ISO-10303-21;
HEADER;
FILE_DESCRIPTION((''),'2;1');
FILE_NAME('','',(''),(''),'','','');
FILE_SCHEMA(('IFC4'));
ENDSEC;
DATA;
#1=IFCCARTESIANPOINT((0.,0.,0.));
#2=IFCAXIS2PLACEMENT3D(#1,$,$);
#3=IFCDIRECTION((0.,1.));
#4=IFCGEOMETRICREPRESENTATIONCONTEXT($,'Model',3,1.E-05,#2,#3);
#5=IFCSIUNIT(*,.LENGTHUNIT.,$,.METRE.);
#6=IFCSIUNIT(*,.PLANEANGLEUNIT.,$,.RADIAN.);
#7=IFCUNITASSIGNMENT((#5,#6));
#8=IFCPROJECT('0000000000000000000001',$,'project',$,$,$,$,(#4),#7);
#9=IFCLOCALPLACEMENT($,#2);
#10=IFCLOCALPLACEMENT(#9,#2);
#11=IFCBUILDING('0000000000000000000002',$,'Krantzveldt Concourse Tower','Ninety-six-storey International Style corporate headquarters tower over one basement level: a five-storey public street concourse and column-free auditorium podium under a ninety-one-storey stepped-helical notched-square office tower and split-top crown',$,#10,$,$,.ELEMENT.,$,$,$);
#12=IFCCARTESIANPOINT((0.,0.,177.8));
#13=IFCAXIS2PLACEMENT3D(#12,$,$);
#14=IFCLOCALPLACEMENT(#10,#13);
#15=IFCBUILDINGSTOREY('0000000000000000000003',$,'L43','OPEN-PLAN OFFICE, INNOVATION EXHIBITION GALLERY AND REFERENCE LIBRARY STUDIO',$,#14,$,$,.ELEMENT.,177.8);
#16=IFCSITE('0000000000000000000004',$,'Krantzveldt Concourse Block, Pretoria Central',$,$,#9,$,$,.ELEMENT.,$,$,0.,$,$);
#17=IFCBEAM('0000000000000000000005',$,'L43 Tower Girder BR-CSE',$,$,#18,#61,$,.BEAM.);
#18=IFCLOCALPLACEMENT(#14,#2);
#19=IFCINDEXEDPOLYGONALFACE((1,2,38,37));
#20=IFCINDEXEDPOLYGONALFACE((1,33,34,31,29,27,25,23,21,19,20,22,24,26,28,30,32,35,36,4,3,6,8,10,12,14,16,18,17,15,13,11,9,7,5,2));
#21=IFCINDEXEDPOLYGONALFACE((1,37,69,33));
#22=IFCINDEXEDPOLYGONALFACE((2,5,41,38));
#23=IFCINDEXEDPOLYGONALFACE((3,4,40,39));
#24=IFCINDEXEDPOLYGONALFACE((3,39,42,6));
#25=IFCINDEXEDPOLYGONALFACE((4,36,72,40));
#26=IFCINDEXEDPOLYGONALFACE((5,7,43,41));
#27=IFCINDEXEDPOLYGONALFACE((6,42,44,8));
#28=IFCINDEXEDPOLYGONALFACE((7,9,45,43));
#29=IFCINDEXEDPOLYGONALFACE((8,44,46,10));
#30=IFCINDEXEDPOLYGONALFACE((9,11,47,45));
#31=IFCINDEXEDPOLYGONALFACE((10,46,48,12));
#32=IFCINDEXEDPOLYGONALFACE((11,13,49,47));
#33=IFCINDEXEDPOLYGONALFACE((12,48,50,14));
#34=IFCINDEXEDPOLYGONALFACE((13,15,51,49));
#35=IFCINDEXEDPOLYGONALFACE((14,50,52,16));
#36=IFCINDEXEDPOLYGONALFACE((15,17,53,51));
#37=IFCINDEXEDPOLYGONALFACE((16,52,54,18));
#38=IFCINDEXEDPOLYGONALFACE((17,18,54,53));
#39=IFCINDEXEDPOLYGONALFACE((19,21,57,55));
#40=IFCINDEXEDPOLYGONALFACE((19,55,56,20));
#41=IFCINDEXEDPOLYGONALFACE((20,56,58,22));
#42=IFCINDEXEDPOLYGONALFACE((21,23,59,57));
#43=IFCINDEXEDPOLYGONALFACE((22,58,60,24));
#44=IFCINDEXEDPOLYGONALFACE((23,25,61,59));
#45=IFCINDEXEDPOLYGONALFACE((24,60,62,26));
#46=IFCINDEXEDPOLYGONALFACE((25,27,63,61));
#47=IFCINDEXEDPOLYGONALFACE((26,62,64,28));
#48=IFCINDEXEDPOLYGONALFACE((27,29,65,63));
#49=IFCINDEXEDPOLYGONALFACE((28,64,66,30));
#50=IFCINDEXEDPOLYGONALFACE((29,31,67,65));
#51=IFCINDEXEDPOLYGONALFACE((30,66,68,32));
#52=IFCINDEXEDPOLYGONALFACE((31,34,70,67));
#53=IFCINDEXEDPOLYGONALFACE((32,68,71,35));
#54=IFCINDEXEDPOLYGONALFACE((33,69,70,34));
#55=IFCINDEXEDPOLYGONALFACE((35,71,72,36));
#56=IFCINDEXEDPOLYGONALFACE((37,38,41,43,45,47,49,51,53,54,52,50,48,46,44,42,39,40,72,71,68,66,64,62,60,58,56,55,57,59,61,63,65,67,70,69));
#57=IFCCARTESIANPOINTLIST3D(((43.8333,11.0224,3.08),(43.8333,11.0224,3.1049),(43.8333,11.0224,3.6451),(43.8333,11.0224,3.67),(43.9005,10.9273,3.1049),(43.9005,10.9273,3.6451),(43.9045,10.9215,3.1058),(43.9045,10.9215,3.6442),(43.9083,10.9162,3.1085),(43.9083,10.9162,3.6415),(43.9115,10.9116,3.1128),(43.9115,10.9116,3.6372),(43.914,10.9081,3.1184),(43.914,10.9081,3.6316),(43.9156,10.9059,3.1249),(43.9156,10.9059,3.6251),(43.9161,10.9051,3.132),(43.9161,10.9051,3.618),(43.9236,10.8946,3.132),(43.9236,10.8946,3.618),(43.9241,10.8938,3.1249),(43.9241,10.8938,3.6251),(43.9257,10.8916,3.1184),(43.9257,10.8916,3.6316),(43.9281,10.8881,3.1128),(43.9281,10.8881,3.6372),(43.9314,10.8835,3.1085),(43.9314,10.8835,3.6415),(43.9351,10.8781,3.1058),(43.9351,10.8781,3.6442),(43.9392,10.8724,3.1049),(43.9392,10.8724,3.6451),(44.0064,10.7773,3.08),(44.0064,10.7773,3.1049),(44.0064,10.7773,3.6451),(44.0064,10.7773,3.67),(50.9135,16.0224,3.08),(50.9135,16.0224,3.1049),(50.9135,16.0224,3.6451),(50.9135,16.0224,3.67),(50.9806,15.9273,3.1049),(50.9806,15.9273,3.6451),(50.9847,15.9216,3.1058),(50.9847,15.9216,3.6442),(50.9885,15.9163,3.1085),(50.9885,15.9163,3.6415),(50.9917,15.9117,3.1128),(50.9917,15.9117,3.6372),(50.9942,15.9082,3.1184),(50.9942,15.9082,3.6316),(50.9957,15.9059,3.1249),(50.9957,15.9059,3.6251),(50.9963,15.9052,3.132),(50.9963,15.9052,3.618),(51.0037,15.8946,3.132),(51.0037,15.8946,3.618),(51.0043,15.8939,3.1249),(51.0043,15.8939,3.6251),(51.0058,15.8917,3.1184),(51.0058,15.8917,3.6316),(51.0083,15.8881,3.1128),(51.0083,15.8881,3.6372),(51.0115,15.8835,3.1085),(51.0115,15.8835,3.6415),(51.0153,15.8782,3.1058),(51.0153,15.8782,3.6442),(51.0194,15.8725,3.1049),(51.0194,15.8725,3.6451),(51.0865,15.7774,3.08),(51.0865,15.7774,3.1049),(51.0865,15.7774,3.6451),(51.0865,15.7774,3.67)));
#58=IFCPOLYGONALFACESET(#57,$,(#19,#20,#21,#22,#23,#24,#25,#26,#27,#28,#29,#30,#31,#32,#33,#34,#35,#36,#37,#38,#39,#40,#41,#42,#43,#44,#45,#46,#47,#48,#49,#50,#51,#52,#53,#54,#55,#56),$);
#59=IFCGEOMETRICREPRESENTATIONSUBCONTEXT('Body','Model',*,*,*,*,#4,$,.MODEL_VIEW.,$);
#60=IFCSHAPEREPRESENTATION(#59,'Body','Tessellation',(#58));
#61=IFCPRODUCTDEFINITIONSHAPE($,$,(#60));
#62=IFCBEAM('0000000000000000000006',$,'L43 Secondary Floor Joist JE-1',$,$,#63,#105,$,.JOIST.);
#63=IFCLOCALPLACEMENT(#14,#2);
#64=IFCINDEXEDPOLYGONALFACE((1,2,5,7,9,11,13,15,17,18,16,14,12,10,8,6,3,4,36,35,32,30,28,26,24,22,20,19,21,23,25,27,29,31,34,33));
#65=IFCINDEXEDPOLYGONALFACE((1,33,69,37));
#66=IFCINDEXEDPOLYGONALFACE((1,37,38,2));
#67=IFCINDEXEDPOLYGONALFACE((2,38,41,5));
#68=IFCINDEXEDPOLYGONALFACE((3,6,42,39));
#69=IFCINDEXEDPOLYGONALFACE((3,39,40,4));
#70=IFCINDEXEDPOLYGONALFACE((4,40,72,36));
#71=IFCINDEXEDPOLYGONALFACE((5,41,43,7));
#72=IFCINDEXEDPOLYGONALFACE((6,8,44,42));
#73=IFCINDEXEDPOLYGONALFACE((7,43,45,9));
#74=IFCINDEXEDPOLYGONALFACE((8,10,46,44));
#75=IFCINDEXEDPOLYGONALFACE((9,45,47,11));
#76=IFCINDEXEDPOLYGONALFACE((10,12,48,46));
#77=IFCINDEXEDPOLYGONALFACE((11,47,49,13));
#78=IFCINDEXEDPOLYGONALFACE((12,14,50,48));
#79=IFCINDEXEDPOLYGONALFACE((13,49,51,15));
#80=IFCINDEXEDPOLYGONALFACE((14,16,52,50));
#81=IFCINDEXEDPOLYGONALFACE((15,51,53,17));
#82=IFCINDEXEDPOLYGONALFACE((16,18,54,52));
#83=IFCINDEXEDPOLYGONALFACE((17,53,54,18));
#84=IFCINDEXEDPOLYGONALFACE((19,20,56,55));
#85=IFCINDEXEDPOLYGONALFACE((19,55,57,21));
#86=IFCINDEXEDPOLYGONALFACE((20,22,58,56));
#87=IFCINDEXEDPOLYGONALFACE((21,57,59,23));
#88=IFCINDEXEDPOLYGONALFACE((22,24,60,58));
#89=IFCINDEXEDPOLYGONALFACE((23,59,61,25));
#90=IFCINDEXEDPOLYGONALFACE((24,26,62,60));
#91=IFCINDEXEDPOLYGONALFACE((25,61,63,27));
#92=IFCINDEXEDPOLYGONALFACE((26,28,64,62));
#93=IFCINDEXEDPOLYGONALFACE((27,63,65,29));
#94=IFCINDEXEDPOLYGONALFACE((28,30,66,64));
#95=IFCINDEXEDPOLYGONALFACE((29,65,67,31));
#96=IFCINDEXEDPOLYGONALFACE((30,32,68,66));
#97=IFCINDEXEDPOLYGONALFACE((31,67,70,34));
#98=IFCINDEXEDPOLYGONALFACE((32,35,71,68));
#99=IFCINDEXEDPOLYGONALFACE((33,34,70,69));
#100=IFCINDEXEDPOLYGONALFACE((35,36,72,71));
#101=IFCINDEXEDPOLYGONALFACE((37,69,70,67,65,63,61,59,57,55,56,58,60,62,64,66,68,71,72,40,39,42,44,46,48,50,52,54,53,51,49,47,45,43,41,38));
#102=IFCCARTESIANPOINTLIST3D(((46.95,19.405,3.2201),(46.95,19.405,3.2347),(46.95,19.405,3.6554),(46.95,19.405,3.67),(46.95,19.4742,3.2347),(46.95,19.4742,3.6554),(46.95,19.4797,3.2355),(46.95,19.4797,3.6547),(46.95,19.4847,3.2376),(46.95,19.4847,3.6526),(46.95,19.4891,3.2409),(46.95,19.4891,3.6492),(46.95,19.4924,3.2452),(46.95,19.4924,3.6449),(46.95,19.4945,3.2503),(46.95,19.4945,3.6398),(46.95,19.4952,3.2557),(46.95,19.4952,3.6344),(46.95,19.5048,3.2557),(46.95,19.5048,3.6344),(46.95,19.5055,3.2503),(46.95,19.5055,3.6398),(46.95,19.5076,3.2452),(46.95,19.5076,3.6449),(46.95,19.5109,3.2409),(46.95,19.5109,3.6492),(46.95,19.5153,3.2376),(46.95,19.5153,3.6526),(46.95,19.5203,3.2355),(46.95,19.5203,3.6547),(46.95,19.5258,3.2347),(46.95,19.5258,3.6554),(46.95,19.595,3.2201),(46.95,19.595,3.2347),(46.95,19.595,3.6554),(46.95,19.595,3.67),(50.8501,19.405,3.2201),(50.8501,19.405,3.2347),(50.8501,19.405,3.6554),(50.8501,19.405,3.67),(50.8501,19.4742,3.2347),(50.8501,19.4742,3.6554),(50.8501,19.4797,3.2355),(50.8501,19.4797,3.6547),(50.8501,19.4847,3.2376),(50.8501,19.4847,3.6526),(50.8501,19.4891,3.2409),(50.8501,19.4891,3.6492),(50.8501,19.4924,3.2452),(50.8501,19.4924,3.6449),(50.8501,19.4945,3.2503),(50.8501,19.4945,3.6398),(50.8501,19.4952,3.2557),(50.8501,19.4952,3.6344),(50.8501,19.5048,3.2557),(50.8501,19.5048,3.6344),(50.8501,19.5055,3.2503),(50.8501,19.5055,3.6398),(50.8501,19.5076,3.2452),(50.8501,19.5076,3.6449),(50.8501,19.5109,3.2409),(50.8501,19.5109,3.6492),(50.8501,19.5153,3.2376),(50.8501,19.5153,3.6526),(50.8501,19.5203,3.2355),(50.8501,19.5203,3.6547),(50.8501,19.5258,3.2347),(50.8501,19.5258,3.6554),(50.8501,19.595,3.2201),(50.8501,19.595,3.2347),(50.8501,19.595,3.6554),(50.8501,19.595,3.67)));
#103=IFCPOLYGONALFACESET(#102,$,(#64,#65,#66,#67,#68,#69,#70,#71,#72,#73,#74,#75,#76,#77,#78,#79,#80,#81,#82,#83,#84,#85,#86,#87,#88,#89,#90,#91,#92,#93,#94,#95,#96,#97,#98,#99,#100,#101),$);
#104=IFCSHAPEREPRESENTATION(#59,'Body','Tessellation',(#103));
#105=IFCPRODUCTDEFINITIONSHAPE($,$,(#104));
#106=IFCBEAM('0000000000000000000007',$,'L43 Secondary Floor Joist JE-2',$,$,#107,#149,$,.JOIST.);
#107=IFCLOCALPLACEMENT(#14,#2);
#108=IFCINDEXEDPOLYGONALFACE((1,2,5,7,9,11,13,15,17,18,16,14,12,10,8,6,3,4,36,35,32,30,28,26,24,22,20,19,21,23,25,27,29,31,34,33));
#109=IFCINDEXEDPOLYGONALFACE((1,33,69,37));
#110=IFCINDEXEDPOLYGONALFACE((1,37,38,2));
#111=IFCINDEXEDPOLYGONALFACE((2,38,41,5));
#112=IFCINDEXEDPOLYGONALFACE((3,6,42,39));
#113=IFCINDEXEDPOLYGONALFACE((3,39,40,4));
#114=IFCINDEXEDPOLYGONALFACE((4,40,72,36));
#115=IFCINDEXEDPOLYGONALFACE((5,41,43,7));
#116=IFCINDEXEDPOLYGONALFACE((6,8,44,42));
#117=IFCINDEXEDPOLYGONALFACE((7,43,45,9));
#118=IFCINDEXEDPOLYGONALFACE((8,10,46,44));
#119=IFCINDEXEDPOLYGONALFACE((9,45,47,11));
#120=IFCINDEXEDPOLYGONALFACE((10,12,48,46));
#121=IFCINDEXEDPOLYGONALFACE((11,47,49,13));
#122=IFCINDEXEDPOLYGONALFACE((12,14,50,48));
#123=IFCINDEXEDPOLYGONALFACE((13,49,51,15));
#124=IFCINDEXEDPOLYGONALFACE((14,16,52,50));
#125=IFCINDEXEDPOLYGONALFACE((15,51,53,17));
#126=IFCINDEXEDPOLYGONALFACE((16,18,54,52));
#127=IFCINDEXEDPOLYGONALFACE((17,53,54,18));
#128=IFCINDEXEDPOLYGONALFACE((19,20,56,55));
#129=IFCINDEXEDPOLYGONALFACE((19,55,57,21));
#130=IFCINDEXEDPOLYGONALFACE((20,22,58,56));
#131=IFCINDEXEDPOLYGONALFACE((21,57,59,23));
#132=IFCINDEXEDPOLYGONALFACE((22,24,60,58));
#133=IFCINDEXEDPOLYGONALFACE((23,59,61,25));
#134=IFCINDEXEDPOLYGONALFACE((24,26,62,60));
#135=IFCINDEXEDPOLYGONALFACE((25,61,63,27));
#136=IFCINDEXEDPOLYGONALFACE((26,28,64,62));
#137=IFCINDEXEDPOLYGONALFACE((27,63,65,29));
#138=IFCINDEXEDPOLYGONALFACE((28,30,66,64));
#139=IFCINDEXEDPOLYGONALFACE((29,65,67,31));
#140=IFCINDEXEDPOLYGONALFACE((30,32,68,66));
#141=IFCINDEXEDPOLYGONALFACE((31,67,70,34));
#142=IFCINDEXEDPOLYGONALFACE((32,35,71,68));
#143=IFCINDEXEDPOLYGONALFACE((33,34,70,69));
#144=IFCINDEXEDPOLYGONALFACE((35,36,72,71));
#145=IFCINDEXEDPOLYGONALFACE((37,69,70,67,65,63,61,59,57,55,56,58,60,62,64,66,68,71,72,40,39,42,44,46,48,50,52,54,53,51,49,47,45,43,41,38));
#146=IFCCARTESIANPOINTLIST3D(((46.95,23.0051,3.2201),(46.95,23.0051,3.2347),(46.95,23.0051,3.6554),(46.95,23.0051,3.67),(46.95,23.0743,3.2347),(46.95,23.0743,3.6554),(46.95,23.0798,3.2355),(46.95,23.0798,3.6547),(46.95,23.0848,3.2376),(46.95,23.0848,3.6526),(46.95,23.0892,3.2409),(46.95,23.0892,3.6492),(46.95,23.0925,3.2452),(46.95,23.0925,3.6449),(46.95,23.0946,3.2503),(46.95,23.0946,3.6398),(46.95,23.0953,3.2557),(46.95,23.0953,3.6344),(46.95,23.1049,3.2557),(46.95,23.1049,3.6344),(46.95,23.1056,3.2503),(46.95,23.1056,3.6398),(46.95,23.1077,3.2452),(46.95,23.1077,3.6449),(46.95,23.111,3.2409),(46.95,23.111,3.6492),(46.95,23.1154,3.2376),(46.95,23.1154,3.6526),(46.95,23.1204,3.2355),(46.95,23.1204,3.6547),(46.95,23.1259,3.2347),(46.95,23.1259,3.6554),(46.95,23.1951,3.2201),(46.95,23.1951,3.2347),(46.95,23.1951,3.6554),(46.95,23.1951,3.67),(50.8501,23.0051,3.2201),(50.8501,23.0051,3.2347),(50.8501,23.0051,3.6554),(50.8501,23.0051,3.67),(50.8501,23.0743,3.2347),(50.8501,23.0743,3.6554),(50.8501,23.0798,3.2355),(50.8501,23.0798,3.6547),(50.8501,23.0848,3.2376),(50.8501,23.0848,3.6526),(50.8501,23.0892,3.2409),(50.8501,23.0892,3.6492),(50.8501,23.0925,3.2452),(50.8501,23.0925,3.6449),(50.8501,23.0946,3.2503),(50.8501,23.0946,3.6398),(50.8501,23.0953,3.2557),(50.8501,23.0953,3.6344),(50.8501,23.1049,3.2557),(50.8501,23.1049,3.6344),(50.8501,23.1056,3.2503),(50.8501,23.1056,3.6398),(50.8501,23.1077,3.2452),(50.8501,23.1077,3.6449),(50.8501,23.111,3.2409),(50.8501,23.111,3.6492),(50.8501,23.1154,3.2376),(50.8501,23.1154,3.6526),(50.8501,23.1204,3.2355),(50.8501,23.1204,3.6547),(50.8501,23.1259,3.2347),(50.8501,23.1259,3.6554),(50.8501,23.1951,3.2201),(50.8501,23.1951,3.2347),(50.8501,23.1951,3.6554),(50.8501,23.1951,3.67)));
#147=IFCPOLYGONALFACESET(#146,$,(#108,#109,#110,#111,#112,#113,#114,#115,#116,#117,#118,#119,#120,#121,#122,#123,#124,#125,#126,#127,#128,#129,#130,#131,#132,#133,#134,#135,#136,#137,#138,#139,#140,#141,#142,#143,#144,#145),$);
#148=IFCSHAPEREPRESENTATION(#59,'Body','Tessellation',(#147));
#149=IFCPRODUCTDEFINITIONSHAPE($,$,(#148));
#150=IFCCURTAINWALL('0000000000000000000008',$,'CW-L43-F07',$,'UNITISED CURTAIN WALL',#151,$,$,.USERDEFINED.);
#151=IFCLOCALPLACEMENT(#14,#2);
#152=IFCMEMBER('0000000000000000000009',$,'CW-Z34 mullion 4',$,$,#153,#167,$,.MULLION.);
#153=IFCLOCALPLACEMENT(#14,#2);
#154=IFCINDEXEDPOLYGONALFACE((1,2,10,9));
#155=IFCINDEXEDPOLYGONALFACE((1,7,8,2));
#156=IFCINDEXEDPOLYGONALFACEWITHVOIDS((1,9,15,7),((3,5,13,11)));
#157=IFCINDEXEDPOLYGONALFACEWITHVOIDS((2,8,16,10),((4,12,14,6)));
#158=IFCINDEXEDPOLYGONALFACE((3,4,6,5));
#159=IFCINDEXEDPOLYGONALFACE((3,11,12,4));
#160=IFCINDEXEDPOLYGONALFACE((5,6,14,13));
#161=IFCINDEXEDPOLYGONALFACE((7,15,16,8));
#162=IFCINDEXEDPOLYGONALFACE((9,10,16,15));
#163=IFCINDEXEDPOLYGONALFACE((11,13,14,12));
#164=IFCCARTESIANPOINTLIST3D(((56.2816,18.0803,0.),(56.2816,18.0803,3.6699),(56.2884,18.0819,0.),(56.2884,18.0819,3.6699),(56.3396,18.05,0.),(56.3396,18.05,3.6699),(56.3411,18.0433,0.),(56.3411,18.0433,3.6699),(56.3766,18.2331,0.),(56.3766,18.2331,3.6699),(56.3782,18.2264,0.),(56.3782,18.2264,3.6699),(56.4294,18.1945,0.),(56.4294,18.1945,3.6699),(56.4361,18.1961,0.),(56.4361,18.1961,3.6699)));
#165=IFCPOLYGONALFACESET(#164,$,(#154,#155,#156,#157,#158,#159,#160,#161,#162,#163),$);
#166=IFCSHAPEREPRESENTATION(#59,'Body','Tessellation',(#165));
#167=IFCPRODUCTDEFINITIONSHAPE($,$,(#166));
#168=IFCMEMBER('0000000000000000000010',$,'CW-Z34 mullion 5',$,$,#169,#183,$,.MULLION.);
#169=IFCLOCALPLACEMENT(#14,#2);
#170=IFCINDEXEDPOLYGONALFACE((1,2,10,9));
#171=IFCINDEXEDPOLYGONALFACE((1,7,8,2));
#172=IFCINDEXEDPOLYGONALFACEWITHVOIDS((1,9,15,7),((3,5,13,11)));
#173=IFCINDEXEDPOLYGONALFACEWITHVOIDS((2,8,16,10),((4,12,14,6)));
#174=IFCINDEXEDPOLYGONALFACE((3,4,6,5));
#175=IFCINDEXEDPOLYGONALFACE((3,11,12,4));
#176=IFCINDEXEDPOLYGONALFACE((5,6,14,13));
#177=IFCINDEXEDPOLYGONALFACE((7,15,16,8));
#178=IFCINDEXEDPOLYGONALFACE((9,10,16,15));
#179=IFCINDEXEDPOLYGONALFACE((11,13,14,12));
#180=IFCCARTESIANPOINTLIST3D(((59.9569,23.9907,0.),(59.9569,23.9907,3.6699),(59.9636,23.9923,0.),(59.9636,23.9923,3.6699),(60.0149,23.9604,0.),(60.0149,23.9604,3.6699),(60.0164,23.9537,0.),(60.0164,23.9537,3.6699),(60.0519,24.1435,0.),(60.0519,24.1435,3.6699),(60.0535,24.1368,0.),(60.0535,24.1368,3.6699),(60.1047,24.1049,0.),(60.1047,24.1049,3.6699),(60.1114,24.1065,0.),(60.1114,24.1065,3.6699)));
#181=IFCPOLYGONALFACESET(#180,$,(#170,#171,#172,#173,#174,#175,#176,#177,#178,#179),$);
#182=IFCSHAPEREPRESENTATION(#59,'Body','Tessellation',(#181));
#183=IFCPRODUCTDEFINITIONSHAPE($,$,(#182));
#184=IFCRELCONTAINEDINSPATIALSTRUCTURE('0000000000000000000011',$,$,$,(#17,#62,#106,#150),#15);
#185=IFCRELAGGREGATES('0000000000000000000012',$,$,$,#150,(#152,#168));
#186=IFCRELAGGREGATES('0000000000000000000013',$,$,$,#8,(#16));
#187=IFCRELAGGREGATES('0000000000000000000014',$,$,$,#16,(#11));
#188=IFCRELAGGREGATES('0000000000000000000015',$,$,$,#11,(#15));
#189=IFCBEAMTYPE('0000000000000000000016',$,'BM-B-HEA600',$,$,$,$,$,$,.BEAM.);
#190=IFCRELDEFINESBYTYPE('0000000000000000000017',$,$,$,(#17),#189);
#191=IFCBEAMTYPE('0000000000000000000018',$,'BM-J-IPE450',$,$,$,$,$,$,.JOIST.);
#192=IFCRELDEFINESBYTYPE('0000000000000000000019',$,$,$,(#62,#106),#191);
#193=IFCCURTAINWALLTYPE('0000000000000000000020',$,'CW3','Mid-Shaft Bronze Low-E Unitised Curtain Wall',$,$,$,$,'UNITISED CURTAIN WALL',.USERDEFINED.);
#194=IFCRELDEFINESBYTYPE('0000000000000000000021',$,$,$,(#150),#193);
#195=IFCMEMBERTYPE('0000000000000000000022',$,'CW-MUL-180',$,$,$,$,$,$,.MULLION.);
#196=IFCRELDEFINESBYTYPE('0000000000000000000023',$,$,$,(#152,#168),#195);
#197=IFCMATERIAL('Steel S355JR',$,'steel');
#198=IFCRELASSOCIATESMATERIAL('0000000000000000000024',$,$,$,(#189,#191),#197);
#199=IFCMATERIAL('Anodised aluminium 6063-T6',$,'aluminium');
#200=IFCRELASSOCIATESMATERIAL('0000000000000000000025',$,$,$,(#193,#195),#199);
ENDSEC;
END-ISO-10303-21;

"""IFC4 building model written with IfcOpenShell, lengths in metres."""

from ifc_helpers import new_model, si_unit, direction, frame, origin, origin_2d, place, context, subcontext, project, spatial, hollow_rectangle, i_section, extrude, source, transform, mapped, material, material_profile, profile_set, type_object, type_shapes, element, aggregate, save


model = new_model("IFC4")

# Units and contexts
model_context = context("Model", 3, precision=1e-05, world=origin(), true_north=direction((0.0, 1.0)))
body_context = subcontext(model_context, "Body", "Model", "MODEL_VIEW")
ifc_project = project(units=[si_unit("LENGTHUNIT", "METRE"), si_unit("PLANEANGLEUNIT", "RADIAN")], contexts=[model_context])

# Site, building, storey
site_placement = place(None, origin())
site = spatial("IfcSite", under=ifc_project, at=site_placement, Name="Krantzveldt Concourse Block, Pretoria Central", CompositionType="ELEMENT", RefElevation=0.0)
building_placement = place(site_placement, origin())
building = spatial("IfcBuilding", under=site, at=building_placement, Name="Krantzveldt Concourse Tower", Description="Ninety-six-storey International Style corporate headquarters tower over one basement level: a five-storey public street concourse and column-free auditorium podium under a ninety-one-storey stepped-helical notched-square office tower and split-top crown", CompositionType="ELEMENT")
storey_placement = place(building_placement, frame((0.0, 0.0, 177.8)))
storey = spatial("IfcBuildingStorey", under=building, at=storey_placement, Name="L43", Description="OPEN-PLAN OFFICE, INNOVATION EXHIBITION GALLERY AND REFERENCE LIBRARY STUDIO", CompositionType="ELEMENT", Elevation=177.8)

# Beams
ifc_material_1 = material(Name="Steel S355JR", Category="steel")
ifc_material_profile_1 = material_profile(ifc_material_1, i_section(OverallWidth=0.3, OverallDepth=0.5901, WebThickness=0.0129, FlangeThickness=0.0249, FilletRadius=0.0271, at=origin_2d()), Name="Steel S355JR", Category="steel")
ifc_profile_set_1 = profile_set([ifc_material_profile_1], Name="Steel S355JR - HEA 600")
beam_type_1 = type_object("IfcBeamType", Name="BM-B-HEA600", PredefinedType="BEAM", material=ifc_profile_set_1)
shared_shape_1 = source(origin(), body_context, "Body", "SweptSolid", [
    extrude(i_section(OverallWidth=0.3, OverallDepth=0.5901, WebThickness=0.0129, FlangeThickness=0.0249, FilletRadius=0.0271, at=origin_2d()), origin(), (0.0, 0.0, 1.0), 8.6677),
])
beam_1_placement = place(storey_placement, frame((51.0, 15.8999, 3.375), z_axis=(-0.816843, -0.57686, 0.0), x_axis=(0.57686, -0.816843, 0.0)))
element("IfcBeam", 1, at=beam_1_placement, inside=storey, type_object=beam_type_1, Name="L43 Tower Girder BR-CSE", PredefinedType="BEAM", context=body_context, shape_type="MappedRepresentation", body=[
    mapped(shared_shape_1, transform((0.0, 0.0, 0.0), x_axis=(1.0, 0.0, 0.0), y_axis=(0.0, 1.0, 0.0), z_axis=(0.0, 0.0, 1.0), scale=1.0)),
])
ifc_material_profile_2 = material_profile(ifc_material_1, i_section(OverallWidth=0.1899, OverallDepth=0.45, WebThickness=0.0095, FlangeThickness=0.0146, FilletRadius=0.021, at=origin_2d()), Name="Steel S355JR", Category="steel")
ifc_profile_set_2 = profile_set([ifc_material_profile_2], Name="Steel S355JR - IPE 450")
beam_type_2 = type_object("IfcBeamType", Name="BM-J-IPE450", PredefinedType="JOIST", material=ifc_profile_set_2)
shared_shape_2 = source(origin(), body_context, "Body", "SweptSolid", [
    extrude(i_section(OverallWidth=0.1899, OverallDepth=0.45, WebThickness=0.0095, FlangeThickness=0.0146, FilletRadius=0.021, at=origin_2d()), origin(), (0.0, 0.0, 1.0), 3.9001),
])
type_shapes(beam_type_2, [shared_shape_2])
for number, where, z_axis, x_axis, name in (
    (2, (46.95, 19.5, 3.4451), (1.0, 0.0, 0.0), (0.0, 1.0, 0.0), "L43 Secondary Floor Joist JE-1"),
    (3, (46.95, 23.1001, 3.4451), (1.0, 0.0, 0.0), (0.0, 1.0, 0.0), "L43 Secondary Floor Joist JE-2"),
):
    element("IfcBeam", number, at=place(storey_placement, frame(where, z_axis=z_axis, x_axis=x_axis)), inside=storey, type_object=beam_type_2, Name=name, PredefinedType="JOIST", context=body_context, shape_type="MappedRepresentation", body=[
        mapped(shared_shape_2, transform((0.0, 0.0, 0.0), x_axis=(1.0, 0.0, 0.0), y_axis=(0.0, 1.0, 0.0), z_axis=(0.0, 0.0, 1.0), scale=1.0)),
    ])

# Curtain wall, members
ifc_material_2 = material(Name="Anodised aluminium 6063-T6", Category="aluminium")
curtain_wall_type = type_object("IfcCurtainWallType", Name="CW3", Description="Mid-Shaft Bronze Low-E Unitised Curtain Wall", ElementType="UNITISED CURTAIN WALL", PredefinedType="USERDEFINED", material=ifc_material_2)
curtain_wall_placement = place(storey_placement, origin())
curtain_wall = element("IfcCurtainWall", 4, at=curtain_wall_placement, inside=storey, type_object=curtain_wall_type, Name="CW-L43-F07", ObjectType="UNITISED CURTAIN WALL", PredefinedType="USERDEFINED")
ifc_material_profile_3 = material_profile(ifc_material_2, hollow_rectangle(XDim=0.0701, YDim=0.1799, WallThickness=0.0049, at=origin_2d()), Name="Anodised aluminium 6063-T6", Category="aluminium")
ifc_profile_set_3 = profile_set([ifc_material_profile_3], Name="Anodised aluminium 6063-T6 - ALU-MULL 180x70x5")
member_type_1 = type_object("IfcMemberType", Name="CW-MUL-180", PredefinedType="MULLION", material=ifc_profile_set_3)
shared_shape_3 = source(origin(), body_context, "Body", "SweptSolid", [
    extrude(hollow_rectangle(XDim=0.0701, YDim=0.1799, WallThickness=0.0049, at=origin_2d()), origin(), (0.0, 0.0, 1.0), 3.6699),
])
type_shapes(member_type_1, [shared_shape_3])
member_1_placement = place(storey_placement, frame((56.3589, 18.1382, 0.0), z_axis=(0.0, 0.0, 1.0), x_axis=(-0.849202, 0.528068, 0.0)))
member_1 = element("IfcMember", 5, at=member_1_placement, type_object=member_type_1, Name="CW-Z34 mullion 4", PredefinedType="MULLION", context=body_context, shape_type="MappedRepresentation", body=[
    mapped(shared_shape_3, transform((0.0, 0.0, 0.0), x_axis=(1.0, 0.0, 0.0), y_axis=(0.0, 1.0, 0.0), z_axis=(0.0, 0.0, 1.0), scale=1.0)),
])
member_2_placement = place(storey_placement, frame((60.0342, 24.0486, 0.0), z_axis=(0.0, 0.0, 1.0), x_axis=(-0.849202, 0.528068, 0.0)))
member_2 = element("IfcMember", 6, at=member_2_placement, type_object=member_type_1, Name="CW-Z34 mullion 5", PredefinedType="MULLION", context=body_context, shape_type="MappedRepresentation", body=[
    mapped(shared_shape_3, transform((0.0, 0.0, 0.0), x_axis=(1.0, 0.0, 0.0), y_axis=(0.0, 1.0, 0.0), z_axis=(0.0, 0.0, 1.0), scale=1.0)),
])
aggregate(curtain_wall, [member_1, member_2])

save(model, "model.ifc")
